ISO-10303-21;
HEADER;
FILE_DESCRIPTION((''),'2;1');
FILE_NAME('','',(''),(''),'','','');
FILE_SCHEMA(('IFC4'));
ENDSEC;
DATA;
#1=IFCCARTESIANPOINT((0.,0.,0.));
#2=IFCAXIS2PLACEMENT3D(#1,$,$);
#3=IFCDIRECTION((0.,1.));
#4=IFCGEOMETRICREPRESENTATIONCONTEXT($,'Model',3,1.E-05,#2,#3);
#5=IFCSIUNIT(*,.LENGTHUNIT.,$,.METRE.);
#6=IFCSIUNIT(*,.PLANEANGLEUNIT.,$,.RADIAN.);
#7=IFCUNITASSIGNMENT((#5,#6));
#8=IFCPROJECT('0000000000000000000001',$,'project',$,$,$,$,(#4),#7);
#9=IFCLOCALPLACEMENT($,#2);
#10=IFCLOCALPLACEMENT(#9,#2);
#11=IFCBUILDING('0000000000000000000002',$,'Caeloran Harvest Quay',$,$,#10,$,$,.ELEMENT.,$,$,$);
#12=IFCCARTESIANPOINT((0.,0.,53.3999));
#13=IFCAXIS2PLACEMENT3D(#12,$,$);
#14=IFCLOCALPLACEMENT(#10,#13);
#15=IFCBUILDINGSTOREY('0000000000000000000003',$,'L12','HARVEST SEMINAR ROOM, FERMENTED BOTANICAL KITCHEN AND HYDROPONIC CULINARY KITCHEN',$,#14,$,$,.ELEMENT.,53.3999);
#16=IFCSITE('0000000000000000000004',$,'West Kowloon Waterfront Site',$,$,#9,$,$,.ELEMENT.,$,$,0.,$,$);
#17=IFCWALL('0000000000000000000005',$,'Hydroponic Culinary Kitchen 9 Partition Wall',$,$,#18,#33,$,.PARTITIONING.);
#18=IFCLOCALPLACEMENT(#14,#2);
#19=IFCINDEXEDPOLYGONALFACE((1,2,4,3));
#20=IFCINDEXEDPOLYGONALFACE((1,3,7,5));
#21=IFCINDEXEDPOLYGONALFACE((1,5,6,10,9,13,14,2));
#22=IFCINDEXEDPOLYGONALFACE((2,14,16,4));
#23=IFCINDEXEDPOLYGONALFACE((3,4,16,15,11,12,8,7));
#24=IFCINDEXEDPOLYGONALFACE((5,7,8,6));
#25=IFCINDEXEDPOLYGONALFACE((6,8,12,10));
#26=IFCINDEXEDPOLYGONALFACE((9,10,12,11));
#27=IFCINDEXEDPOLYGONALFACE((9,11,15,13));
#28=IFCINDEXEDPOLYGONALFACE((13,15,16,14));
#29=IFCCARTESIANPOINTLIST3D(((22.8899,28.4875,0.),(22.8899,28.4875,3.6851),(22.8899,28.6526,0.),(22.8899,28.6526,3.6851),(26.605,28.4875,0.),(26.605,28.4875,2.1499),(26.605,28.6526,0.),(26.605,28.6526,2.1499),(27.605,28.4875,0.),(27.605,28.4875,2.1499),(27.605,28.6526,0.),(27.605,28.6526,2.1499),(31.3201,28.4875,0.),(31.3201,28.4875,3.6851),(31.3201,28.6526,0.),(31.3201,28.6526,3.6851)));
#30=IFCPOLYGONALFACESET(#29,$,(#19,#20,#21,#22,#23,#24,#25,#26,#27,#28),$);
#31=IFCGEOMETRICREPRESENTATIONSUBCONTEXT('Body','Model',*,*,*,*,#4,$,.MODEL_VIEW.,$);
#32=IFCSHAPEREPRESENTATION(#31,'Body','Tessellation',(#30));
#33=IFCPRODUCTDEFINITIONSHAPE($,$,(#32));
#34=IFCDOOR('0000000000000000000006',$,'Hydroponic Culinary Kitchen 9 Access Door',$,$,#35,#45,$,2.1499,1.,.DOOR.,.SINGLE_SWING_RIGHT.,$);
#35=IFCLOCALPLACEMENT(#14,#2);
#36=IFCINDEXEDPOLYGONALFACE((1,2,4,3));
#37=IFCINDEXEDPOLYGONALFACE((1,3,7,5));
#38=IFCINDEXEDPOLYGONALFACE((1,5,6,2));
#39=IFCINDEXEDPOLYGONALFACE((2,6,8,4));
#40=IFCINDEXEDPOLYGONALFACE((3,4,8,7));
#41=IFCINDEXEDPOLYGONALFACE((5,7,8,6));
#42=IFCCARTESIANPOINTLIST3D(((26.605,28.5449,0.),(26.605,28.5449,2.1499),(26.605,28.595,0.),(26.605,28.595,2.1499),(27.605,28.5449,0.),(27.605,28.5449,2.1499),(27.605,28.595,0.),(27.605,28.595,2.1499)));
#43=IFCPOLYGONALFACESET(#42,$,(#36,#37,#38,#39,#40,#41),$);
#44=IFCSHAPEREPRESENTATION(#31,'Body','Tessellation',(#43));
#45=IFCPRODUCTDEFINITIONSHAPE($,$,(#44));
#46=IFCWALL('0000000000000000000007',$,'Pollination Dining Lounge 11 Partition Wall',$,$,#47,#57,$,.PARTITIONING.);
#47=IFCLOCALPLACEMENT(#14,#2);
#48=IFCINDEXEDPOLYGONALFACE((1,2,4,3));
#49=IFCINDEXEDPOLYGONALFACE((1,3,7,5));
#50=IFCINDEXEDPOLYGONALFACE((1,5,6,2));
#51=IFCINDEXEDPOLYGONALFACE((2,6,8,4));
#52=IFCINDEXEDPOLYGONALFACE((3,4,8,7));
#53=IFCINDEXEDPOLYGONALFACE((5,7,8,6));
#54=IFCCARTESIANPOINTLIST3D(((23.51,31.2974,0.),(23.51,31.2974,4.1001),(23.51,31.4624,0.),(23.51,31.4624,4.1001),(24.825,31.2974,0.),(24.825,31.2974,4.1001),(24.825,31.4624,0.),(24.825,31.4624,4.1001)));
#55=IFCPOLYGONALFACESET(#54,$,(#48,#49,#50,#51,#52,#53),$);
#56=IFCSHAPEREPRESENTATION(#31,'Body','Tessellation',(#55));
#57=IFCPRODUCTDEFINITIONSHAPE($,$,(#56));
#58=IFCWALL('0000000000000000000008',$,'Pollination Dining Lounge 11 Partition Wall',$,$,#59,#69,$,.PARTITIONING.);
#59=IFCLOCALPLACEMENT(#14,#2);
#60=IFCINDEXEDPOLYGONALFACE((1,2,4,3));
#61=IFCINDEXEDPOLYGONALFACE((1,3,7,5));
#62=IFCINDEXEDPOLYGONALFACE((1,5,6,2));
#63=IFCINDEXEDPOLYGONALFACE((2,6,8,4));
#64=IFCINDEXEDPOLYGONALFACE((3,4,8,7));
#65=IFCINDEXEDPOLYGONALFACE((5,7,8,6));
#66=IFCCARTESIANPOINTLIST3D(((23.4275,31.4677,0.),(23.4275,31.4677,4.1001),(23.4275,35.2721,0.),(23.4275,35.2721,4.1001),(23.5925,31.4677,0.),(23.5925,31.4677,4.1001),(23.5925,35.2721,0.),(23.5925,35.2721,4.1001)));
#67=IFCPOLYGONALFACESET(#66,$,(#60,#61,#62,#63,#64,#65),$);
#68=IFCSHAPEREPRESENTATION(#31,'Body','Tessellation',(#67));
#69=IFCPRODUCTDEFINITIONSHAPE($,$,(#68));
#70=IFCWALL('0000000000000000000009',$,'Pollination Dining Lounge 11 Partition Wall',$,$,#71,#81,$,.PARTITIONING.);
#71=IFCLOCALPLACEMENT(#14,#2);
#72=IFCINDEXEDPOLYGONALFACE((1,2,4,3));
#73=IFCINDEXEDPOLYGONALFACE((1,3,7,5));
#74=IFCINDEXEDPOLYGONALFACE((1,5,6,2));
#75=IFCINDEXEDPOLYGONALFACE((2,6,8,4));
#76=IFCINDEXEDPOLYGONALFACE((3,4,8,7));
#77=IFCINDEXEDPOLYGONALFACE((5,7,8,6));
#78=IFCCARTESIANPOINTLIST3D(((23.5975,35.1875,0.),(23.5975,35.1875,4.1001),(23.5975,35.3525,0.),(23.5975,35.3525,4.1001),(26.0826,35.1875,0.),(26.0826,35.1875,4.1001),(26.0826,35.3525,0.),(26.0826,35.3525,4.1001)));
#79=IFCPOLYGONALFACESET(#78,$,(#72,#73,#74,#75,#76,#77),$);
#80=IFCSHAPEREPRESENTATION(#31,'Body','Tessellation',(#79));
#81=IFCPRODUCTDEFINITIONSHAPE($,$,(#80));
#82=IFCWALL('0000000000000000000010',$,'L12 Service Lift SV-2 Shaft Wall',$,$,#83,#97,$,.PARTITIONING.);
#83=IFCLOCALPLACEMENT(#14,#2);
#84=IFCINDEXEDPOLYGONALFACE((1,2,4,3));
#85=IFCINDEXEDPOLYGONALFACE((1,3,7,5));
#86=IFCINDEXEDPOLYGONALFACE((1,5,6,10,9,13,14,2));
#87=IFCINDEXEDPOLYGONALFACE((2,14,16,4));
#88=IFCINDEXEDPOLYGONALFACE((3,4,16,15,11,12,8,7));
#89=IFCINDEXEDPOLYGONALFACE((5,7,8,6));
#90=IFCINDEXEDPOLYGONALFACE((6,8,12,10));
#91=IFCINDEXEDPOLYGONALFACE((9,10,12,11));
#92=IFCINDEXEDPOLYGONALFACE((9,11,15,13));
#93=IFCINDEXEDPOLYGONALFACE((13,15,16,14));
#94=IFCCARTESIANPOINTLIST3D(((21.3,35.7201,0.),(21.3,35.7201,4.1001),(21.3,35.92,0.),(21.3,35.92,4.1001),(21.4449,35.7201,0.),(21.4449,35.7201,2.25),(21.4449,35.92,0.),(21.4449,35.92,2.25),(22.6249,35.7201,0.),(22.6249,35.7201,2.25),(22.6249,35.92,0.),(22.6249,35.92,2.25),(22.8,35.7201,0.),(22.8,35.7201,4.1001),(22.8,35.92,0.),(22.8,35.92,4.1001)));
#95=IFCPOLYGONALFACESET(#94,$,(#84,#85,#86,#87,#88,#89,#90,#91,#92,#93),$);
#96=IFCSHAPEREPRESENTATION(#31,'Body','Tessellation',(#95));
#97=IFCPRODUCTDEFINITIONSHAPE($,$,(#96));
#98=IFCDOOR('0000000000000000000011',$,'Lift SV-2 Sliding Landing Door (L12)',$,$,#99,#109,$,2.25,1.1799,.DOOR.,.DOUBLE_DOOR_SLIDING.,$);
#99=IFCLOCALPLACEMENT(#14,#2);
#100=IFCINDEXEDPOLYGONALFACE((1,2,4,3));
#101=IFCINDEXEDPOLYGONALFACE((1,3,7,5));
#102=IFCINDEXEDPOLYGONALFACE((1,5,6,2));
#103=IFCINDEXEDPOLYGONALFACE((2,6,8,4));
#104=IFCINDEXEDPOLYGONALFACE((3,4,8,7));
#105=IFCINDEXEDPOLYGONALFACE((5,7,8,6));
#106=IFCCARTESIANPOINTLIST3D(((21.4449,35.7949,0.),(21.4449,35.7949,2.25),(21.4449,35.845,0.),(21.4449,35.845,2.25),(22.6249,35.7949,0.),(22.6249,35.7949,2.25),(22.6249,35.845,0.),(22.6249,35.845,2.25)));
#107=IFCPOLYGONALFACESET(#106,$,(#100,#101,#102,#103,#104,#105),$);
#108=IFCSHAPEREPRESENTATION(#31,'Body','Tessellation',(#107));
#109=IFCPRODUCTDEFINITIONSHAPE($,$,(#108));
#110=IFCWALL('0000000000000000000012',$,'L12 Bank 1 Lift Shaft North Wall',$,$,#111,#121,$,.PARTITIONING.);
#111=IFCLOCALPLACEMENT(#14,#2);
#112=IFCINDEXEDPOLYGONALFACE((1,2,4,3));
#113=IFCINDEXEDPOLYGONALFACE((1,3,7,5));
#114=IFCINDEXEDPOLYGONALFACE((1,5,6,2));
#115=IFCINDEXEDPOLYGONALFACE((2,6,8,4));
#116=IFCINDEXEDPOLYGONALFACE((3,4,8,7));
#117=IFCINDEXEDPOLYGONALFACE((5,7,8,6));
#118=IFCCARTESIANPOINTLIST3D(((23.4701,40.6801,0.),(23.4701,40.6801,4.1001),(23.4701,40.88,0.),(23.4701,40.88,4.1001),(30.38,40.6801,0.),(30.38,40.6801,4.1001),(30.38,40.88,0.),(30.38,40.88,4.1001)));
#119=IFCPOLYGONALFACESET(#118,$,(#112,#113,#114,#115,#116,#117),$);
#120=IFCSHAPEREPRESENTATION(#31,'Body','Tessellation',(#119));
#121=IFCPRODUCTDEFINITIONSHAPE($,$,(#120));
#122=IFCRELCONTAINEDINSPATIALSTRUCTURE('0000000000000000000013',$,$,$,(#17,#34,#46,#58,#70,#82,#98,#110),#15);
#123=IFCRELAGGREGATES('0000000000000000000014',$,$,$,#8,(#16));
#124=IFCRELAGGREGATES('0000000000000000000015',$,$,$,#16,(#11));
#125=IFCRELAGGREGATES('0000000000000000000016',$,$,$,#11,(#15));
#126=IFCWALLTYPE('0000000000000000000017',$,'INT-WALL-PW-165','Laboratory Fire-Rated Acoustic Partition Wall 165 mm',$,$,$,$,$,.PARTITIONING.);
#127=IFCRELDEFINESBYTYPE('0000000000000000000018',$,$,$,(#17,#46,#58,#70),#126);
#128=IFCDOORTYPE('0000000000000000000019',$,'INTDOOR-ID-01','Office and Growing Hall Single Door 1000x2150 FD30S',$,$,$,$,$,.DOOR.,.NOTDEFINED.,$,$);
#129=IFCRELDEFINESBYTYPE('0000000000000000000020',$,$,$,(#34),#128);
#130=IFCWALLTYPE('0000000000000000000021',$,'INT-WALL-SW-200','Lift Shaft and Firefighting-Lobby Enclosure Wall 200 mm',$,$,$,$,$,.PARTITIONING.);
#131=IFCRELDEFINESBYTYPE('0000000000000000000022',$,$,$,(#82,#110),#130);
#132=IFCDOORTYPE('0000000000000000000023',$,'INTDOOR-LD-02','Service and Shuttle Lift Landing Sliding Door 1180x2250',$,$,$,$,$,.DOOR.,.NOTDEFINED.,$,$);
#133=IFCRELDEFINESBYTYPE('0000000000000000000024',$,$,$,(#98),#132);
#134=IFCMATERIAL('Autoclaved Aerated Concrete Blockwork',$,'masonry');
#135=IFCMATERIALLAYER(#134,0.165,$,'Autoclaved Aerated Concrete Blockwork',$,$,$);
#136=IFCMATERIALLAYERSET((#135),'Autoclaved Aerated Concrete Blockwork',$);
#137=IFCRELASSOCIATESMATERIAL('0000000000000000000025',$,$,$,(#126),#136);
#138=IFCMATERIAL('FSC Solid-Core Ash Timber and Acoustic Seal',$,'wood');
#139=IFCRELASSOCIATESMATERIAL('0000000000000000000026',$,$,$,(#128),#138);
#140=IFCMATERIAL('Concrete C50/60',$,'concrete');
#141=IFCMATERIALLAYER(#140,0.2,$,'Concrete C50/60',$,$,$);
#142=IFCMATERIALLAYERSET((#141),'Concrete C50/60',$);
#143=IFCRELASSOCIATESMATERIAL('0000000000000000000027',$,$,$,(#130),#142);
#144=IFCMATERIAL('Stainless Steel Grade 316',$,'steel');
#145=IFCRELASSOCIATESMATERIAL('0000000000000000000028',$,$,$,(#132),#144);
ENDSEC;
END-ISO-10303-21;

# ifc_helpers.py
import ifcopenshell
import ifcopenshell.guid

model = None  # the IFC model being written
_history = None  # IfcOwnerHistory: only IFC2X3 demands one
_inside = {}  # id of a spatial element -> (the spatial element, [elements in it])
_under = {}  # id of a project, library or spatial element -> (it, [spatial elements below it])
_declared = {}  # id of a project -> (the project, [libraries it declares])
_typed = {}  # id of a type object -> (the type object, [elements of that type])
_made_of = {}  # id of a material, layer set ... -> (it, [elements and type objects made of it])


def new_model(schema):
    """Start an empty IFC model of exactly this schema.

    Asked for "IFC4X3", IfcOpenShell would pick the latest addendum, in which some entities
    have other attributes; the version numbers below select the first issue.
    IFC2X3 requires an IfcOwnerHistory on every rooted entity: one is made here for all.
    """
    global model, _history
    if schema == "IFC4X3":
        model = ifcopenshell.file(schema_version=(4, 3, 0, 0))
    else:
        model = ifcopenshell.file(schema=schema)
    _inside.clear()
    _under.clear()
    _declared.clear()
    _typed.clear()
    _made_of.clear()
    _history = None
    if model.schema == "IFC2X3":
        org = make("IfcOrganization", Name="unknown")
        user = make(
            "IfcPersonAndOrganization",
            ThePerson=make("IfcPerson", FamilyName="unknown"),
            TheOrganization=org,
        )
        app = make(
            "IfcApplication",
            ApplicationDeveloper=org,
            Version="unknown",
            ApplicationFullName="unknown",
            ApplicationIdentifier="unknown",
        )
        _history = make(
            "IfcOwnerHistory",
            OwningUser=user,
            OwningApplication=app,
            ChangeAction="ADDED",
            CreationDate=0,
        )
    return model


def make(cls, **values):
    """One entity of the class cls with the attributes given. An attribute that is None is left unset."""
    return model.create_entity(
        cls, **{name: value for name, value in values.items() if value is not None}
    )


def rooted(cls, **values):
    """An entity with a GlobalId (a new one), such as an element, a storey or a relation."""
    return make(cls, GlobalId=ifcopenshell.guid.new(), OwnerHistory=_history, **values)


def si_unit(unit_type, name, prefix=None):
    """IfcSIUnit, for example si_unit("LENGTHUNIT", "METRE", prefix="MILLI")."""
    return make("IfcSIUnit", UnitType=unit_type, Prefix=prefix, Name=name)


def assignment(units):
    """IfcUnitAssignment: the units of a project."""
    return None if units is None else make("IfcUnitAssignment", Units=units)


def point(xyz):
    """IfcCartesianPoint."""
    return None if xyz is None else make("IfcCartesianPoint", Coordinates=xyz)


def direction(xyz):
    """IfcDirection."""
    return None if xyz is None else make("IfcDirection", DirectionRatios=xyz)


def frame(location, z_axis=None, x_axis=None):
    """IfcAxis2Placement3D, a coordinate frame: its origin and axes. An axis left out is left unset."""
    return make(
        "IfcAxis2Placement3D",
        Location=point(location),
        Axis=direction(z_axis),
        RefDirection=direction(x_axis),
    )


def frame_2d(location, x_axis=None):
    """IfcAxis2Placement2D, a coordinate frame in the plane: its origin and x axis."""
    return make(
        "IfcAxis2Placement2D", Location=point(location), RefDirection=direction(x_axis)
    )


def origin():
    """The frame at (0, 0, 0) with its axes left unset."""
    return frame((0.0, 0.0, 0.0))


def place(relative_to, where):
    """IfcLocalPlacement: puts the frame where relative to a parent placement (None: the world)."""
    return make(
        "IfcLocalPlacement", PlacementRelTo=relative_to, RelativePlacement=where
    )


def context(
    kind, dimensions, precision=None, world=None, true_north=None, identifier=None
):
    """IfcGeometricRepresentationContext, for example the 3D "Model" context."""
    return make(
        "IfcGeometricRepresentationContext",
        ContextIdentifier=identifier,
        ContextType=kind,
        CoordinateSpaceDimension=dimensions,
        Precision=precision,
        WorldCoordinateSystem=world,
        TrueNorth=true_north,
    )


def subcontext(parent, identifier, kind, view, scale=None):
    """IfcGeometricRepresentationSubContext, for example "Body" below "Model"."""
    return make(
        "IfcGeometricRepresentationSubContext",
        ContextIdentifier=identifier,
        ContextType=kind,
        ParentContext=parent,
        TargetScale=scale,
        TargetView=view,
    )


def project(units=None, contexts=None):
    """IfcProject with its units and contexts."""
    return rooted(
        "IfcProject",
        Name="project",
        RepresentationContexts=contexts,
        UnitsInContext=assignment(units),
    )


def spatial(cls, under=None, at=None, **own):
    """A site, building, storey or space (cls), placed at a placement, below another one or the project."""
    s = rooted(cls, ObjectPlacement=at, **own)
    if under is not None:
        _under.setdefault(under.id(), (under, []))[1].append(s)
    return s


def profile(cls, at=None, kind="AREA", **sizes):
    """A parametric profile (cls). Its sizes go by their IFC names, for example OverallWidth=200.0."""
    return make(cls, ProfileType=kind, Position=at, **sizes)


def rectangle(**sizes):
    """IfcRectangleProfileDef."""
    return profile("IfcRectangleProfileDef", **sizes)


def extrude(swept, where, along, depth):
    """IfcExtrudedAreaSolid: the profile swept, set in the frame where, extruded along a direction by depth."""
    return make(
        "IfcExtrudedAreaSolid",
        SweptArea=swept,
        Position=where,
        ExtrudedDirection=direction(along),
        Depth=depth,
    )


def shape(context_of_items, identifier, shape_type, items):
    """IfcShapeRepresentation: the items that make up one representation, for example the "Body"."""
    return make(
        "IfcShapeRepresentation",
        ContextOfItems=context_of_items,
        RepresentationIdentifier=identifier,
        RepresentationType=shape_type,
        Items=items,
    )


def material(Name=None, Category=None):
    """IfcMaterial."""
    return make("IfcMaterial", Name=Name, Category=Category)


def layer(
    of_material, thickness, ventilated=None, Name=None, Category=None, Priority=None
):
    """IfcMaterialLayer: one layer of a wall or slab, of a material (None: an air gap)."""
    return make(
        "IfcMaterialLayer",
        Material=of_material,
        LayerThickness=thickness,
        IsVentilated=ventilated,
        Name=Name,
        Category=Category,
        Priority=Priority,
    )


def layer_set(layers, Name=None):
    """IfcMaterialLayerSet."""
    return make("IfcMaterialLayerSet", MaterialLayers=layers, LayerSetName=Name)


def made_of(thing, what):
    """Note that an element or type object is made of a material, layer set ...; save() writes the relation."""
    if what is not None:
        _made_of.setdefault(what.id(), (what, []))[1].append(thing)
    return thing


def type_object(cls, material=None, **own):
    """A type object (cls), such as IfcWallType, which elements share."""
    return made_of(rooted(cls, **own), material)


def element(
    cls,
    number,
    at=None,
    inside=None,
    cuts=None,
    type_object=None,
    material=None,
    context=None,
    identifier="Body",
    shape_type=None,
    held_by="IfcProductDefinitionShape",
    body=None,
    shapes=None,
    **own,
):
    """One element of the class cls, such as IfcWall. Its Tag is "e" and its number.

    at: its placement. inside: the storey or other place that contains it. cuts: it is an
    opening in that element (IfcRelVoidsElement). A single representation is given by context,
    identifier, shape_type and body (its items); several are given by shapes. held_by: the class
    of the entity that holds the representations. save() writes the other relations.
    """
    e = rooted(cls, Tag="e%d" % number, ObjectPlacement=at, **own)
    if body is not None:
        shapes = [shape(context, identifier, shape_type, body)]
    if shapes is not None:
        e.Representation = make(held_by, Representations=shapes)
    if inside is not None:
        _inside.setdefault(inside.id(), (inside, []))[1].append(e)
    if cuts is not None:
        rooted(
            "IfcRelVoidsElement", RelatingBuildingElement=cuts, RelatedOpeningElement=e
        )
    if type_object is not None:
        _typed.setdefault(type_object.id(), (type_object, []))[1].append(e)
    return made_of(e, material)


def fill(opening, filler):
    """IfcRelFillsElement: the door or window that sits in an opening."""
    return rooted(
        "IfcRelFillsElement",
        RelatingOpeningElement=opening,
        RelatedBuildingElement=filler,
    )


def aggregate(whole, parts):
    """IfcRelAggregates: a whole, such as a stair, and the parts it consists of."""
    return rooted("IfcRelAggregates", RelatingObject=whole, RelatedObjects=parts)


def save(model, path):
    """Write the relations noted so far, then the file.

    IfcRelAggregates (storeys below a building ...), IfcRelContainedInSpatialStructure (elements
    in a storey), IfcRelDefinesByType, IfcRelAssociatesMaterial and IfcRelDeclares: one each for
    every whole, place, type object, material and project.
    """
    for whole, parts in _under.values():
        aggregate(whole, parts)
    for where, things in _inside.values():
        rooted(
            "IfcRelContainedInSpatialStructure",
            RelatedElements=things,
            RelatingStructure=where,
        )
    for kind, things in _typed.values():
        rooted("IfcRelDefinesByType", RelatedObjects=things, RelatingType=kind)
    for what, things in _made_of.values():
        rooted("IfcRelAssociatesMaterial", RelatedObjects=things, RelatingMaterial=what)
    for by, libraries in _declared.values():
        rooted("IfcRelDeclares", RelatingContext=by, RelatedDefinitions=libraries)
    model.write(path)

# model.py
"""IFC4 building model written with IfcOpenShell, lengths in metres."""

from ifc_helpers import new_model, si_unit, direction, frame, frame_2d, origin, place, context, subcontext, project, spatial, rectangle, extrude, material, layer, layer_set, type_object, element, fill, save


model = new_model("IFC4")

# Units and contexts
model_context = context("Model", 3, precision=1e-05, world=origin(), true_north=direction((0.0, 1.0)))
body_context = subcontext(model_context, "Body", "Model", "MODEL_VIEW")
ifc_project = project(units=[si_unit("LENGTHUNIT", "METRE"), si_unit("PLANEANGLEUNIT", "RADIAN")], contexts=[model_context])

# Site, building, storey
site_placement = place(None, origin())
site = spatial("IfcSite", under=ifc_project, at=site_placement, Name="West Kowloon Waterfront Site", CompositionType="ELEMENT", RefElevation=0.0)
building_placement = place(site_placement, origin())
building = spatial("IfcBuilding", under=site, at=building_placement, Name="Caeloran Harvest Quay", CompositionType="ELEMENT")
storey_placement = place(building_placement, frame((0.0, 0.0, 53.3999)))
storey = spatial("IfcBuildingStorey", under=building, at=storey_placement, Name="L12", Description="HARVEST SEMINAR ROOM, FERMENTED BOTANICAL KITCHEN AND HYDROPONIC CULINARY KITCHEN", CompositionType="ELEMENT", Elevation=53.3999)

# Wall, opening, door
ifc_material_1 = material(Name="Autoclaved Aerated Concrete Blockwork", Category="masonry")
ifc_layer_1 = layer(ifc_material_1, 0.165, Name="Autoclaved Aerated Concrete Blockwork")
ifc_layer_set_1 = layer_set([ifc_layer_1], Name="Autoclaved Aerated Concrete Blockwork")
wall_type_1 = type_object("IfcWallType", Name="INT-WALL-PW-165", Description="Laboratory Fire-Rated Acoustic Partition Wall 165 mm", PredefinedType="PARTITIONING", material=ifc_layer_set_1)
wall_1_placement = place(storey_placement, frame((22.8899, 28.5701, 0.0), z_axis=(0.0, 0.0, 1.0), x_axis=(1.0, 0.0, 0.0)))
wall_1 = element("IfcWall", 1, at=wall_1_placement, inside=storey, type_object=wall_type_1, Name="Hydroponic Culinary Kitchen 9 Partition Wall", PredefinedType="PARTITIONING", context=body_context, shape_type="SweptSolid", body=[
    extrude(rectangle(XDim=8.4302, YDim=0.165, at=frame_2d((4.2151, 0.0))), origin(), (0.0, 0.0, 1.0), 3.6851),
])
opening_1_placement = place(wall_1_placement, frame((3.7151, 0.0, 0.0)))
opening_1 = element("IfcOpeningElement", 2, at=opening_1_placement, cuts=wall_1, PredefinedType="OPENING", context=body_context, shape_type="SweptSolid", body=[
    extrude(rectangle(XDim=1.0, YDim=2.1499, at=frame_2d((0.5, 1.075))), frame((0.0, 0.0925, 0.0), z_axis=(0.0, -1.0, 0.0), x_axis=(1.0, 0.0, 0.0)), (0.0, 0.0, 1.0), 0.1851),
])
ifc_material_2 = material(Name="FSC Solid-Core Ash Timber and Acoustic Seal", Category="wood")
door_type_1 = type_object("IfcDoorType", Name="INTDOOR-ID-01", Description="Office and Growing Hall Single Door 1000x2150 FD30S", OperationType="NOTDEFINED", PredefinedType="DOOR", material=ifc_material_2)
door_1_placement = place(opening_1_placement, origin())
door_1 = element("IfcDoor", 3, at=door_1_placement, inside=storey, type_object=door_type_1, Name="Hydroponic Culinary Kitchen 9 Access Door", OperationType="SINGLE_SWING_RIGHT", OverallHeight=2.1499, OverallWidth=1.0, PredefinedType="DOOR", context=body_context, shape_type="SweptSolid", body=[
    extrude(rectangle(XDim=1.0, YDim=2.1499, at=frame_2d((0.5, 1.075))), frame((0.0, 0.0249, 0.0), z_axis=(0.0, -1.0, 0.0), x_axis=(1.0, 0.0, 0.0)), (0.0, 0.0, 1.0), 0.05),
])
fill(opening_1, door_1)

# Walls
wall_2_placement = place(storey_placement, frame((24.825, 31.3799, 0.0), z_axis=(0.0, 0.0, 1.0), x_axis=(-1.0, 0.0, 0.0)))
element("IfcWall", 4, at=wall_2_placement, inside=storey, type_object=wall_type_1, Name="Pollination Dining Lounge 11 Partition Wall", PredefinedType="PARTITIONING", context=body_context, shape_type="SweptSolid", body=[
    extrude(rectangle(XDim=1.3149, YDim=0.165, at=frame_2d((0.6575, 0.0))), origin(), (0.0, 0.0, 1.0), 4.1001),
])
wall_3_placement = place(storey_placement, frame((23.51, 31.4675, 0.0), z_axis=(0.0, 0.0, 1.0), x_axis=(0.0, 1.0, 0.0)))
element("IfcWall", 5, at=wall_3_placement, inside=storey, type_object=wall_type_1, Name="Pollination Dining Lounge 11 Partition Wall", PredefinedType="PARTITIONING", context=body_context, shape_type="SweptSolid", body=[
    extrude(rectangle(XDim=3.8044, YDim=0.165, at=frame_2d((1.9023, 0.0))), origin(), (0.0, 0.0, 1.0), 4.1001),
])
wall_4_placement = place(storey_placement, frame((23.5974, 35.27, 0.0), z_axis=(0.0, 0.0, 1.0), x_axis=(1.0, 0.0, 0.0)))
element("IfcWall", 6, at=wall_4_placement, inside=storey, type_object=wall_type_1, Name="Pollination Dining Lounge 11 Partition Wall", PredefinedType="PARTITIONING", context=body_context, shape_type="SweptSolid", body=[
    extrude(rectangle(XDim=2.4851, YDim=0.165, at=frame_2d((1.2427, 0.0))), origin(), (0.0, 0.0, 1.0), 4.1001),
])

# Wall, opening, door
ifc_material_3 = material(Name="Concrete C50/60", Category="concrete")
ifc_layer_2 = layer(ifc_material_3, 0.2, Name="Concrete C50/60")
ifc_layer_set_2 = layer_set([ifc_layer_2], Name="Concrete C50/60")
wall_type_2 = type_object("IfcWallType", Name="INT-WALL-SW-200", Description="Lift Shaft and Firefighting-Lobby Enclosure Wall 200 mm", PredefinedType="PARTITIONING", material=ifc_layer_set_2)
wall_5_placement = place(storey_placement, frame((21.3, 35.8201, 0.0), z_axis=(0.0, 0.0, 1.0), x_axis=(1.0, 0.0, 0.0)))
wall_5 = element("IfcWall", 7, at=wall_5_placement, inside=storey, type_object=wall_type_2, Name="L12 Service Lift SV-2 Shaft Wall", PredefinedType="PARTITIONING", context=body_context, shape_type="SweptSolid", body=[
    extrude(rectangle(XDim=1.5, YDim=0.2, at=frame_2d((0.75, 0.0))), origin(), (0.0, 0.0, 1.0), 4.1001),
])
opening_2_placement = place(wall_5_placement, frame((0.145, 0.0, 0.0)))
opening_2 = element("IfcOpeningElement", 8, at=opening_2_placement, cuts=wall_5, PredefinedType="OPENING", context=body_context, shape_type="SweptSolid", body=[
    extrude(rectangle(XDim=1.1799, YDim=2.25, at=frame_2d((0.5898, 1.125))), frame((0.0, 0.1099, 0.0), z_axis=(0.0, -1.0, 0.0), x_axis=(1.0, 0.0, 0.0)), (0.0, 0.0, 1.0), 0.22),
])
ifc_material_4 = material(Name="Stainless Steel Grade 316", Category="steel")
door_type_2 = type_object("IfcDoorType", Name="INTDOOR-LD-02", Description="Service and Shuttle Lift Landing Sliding Door 1180x2250", OperationType="NOTDEFINED", PredefinedType="DOOR", material=ifc_material_4)
door_2_placement = place(opening_2_placement, origin())
door_2 = element("IfcDoor", 9, at=door_2_placement, inside=storey, type_object=door_type_2, Name="Lift SV-2 Sliding Landing Door (L12)", OperationType="DOUBLE_DOOR_SLIDING", OverallHeight=2.25, OverallWidth=1.1799, PredefinedType="DOOR", context=body_context, shape_type="SweptSolid", body=[
    extrude(rectangle(XDim=1.1799, YDim=2.25, at=frame_2d((0.5898, 1.125))), frame((0.0, 0.0249, 0.0), z_axis=(0.0, -1.0, 0.0), x_axis=(1.0, 0.0, 0.0)), (0.0, 0.0, 1.0), 0.05),
])
fill(opening_2, door_2)

# Wall
wall_6_placement = place(storey_placement, frame((23.47, 40.78, 0.0), z_axis=(0.0, 0.0, 1.0), x_axis=(1.0, 0.0, 0.0)))
element("IfcWall", 10, at=wall_6_placement, inside=storey, type_object=wall_type_2, Name="L12 Bank 1 Lift Shaft North Wall", PredefinedType="PARTITIONING", context=body_context, shape_type="SweptSolid", body=[
    extrude(rectangle(XDim=6.9099, YDim=0.2, at=frame_2d((3.4551, 0.0))), origin(), (0.0, 0.0, 1.0), 4.1001),
])

save(model, "model.ifc")
